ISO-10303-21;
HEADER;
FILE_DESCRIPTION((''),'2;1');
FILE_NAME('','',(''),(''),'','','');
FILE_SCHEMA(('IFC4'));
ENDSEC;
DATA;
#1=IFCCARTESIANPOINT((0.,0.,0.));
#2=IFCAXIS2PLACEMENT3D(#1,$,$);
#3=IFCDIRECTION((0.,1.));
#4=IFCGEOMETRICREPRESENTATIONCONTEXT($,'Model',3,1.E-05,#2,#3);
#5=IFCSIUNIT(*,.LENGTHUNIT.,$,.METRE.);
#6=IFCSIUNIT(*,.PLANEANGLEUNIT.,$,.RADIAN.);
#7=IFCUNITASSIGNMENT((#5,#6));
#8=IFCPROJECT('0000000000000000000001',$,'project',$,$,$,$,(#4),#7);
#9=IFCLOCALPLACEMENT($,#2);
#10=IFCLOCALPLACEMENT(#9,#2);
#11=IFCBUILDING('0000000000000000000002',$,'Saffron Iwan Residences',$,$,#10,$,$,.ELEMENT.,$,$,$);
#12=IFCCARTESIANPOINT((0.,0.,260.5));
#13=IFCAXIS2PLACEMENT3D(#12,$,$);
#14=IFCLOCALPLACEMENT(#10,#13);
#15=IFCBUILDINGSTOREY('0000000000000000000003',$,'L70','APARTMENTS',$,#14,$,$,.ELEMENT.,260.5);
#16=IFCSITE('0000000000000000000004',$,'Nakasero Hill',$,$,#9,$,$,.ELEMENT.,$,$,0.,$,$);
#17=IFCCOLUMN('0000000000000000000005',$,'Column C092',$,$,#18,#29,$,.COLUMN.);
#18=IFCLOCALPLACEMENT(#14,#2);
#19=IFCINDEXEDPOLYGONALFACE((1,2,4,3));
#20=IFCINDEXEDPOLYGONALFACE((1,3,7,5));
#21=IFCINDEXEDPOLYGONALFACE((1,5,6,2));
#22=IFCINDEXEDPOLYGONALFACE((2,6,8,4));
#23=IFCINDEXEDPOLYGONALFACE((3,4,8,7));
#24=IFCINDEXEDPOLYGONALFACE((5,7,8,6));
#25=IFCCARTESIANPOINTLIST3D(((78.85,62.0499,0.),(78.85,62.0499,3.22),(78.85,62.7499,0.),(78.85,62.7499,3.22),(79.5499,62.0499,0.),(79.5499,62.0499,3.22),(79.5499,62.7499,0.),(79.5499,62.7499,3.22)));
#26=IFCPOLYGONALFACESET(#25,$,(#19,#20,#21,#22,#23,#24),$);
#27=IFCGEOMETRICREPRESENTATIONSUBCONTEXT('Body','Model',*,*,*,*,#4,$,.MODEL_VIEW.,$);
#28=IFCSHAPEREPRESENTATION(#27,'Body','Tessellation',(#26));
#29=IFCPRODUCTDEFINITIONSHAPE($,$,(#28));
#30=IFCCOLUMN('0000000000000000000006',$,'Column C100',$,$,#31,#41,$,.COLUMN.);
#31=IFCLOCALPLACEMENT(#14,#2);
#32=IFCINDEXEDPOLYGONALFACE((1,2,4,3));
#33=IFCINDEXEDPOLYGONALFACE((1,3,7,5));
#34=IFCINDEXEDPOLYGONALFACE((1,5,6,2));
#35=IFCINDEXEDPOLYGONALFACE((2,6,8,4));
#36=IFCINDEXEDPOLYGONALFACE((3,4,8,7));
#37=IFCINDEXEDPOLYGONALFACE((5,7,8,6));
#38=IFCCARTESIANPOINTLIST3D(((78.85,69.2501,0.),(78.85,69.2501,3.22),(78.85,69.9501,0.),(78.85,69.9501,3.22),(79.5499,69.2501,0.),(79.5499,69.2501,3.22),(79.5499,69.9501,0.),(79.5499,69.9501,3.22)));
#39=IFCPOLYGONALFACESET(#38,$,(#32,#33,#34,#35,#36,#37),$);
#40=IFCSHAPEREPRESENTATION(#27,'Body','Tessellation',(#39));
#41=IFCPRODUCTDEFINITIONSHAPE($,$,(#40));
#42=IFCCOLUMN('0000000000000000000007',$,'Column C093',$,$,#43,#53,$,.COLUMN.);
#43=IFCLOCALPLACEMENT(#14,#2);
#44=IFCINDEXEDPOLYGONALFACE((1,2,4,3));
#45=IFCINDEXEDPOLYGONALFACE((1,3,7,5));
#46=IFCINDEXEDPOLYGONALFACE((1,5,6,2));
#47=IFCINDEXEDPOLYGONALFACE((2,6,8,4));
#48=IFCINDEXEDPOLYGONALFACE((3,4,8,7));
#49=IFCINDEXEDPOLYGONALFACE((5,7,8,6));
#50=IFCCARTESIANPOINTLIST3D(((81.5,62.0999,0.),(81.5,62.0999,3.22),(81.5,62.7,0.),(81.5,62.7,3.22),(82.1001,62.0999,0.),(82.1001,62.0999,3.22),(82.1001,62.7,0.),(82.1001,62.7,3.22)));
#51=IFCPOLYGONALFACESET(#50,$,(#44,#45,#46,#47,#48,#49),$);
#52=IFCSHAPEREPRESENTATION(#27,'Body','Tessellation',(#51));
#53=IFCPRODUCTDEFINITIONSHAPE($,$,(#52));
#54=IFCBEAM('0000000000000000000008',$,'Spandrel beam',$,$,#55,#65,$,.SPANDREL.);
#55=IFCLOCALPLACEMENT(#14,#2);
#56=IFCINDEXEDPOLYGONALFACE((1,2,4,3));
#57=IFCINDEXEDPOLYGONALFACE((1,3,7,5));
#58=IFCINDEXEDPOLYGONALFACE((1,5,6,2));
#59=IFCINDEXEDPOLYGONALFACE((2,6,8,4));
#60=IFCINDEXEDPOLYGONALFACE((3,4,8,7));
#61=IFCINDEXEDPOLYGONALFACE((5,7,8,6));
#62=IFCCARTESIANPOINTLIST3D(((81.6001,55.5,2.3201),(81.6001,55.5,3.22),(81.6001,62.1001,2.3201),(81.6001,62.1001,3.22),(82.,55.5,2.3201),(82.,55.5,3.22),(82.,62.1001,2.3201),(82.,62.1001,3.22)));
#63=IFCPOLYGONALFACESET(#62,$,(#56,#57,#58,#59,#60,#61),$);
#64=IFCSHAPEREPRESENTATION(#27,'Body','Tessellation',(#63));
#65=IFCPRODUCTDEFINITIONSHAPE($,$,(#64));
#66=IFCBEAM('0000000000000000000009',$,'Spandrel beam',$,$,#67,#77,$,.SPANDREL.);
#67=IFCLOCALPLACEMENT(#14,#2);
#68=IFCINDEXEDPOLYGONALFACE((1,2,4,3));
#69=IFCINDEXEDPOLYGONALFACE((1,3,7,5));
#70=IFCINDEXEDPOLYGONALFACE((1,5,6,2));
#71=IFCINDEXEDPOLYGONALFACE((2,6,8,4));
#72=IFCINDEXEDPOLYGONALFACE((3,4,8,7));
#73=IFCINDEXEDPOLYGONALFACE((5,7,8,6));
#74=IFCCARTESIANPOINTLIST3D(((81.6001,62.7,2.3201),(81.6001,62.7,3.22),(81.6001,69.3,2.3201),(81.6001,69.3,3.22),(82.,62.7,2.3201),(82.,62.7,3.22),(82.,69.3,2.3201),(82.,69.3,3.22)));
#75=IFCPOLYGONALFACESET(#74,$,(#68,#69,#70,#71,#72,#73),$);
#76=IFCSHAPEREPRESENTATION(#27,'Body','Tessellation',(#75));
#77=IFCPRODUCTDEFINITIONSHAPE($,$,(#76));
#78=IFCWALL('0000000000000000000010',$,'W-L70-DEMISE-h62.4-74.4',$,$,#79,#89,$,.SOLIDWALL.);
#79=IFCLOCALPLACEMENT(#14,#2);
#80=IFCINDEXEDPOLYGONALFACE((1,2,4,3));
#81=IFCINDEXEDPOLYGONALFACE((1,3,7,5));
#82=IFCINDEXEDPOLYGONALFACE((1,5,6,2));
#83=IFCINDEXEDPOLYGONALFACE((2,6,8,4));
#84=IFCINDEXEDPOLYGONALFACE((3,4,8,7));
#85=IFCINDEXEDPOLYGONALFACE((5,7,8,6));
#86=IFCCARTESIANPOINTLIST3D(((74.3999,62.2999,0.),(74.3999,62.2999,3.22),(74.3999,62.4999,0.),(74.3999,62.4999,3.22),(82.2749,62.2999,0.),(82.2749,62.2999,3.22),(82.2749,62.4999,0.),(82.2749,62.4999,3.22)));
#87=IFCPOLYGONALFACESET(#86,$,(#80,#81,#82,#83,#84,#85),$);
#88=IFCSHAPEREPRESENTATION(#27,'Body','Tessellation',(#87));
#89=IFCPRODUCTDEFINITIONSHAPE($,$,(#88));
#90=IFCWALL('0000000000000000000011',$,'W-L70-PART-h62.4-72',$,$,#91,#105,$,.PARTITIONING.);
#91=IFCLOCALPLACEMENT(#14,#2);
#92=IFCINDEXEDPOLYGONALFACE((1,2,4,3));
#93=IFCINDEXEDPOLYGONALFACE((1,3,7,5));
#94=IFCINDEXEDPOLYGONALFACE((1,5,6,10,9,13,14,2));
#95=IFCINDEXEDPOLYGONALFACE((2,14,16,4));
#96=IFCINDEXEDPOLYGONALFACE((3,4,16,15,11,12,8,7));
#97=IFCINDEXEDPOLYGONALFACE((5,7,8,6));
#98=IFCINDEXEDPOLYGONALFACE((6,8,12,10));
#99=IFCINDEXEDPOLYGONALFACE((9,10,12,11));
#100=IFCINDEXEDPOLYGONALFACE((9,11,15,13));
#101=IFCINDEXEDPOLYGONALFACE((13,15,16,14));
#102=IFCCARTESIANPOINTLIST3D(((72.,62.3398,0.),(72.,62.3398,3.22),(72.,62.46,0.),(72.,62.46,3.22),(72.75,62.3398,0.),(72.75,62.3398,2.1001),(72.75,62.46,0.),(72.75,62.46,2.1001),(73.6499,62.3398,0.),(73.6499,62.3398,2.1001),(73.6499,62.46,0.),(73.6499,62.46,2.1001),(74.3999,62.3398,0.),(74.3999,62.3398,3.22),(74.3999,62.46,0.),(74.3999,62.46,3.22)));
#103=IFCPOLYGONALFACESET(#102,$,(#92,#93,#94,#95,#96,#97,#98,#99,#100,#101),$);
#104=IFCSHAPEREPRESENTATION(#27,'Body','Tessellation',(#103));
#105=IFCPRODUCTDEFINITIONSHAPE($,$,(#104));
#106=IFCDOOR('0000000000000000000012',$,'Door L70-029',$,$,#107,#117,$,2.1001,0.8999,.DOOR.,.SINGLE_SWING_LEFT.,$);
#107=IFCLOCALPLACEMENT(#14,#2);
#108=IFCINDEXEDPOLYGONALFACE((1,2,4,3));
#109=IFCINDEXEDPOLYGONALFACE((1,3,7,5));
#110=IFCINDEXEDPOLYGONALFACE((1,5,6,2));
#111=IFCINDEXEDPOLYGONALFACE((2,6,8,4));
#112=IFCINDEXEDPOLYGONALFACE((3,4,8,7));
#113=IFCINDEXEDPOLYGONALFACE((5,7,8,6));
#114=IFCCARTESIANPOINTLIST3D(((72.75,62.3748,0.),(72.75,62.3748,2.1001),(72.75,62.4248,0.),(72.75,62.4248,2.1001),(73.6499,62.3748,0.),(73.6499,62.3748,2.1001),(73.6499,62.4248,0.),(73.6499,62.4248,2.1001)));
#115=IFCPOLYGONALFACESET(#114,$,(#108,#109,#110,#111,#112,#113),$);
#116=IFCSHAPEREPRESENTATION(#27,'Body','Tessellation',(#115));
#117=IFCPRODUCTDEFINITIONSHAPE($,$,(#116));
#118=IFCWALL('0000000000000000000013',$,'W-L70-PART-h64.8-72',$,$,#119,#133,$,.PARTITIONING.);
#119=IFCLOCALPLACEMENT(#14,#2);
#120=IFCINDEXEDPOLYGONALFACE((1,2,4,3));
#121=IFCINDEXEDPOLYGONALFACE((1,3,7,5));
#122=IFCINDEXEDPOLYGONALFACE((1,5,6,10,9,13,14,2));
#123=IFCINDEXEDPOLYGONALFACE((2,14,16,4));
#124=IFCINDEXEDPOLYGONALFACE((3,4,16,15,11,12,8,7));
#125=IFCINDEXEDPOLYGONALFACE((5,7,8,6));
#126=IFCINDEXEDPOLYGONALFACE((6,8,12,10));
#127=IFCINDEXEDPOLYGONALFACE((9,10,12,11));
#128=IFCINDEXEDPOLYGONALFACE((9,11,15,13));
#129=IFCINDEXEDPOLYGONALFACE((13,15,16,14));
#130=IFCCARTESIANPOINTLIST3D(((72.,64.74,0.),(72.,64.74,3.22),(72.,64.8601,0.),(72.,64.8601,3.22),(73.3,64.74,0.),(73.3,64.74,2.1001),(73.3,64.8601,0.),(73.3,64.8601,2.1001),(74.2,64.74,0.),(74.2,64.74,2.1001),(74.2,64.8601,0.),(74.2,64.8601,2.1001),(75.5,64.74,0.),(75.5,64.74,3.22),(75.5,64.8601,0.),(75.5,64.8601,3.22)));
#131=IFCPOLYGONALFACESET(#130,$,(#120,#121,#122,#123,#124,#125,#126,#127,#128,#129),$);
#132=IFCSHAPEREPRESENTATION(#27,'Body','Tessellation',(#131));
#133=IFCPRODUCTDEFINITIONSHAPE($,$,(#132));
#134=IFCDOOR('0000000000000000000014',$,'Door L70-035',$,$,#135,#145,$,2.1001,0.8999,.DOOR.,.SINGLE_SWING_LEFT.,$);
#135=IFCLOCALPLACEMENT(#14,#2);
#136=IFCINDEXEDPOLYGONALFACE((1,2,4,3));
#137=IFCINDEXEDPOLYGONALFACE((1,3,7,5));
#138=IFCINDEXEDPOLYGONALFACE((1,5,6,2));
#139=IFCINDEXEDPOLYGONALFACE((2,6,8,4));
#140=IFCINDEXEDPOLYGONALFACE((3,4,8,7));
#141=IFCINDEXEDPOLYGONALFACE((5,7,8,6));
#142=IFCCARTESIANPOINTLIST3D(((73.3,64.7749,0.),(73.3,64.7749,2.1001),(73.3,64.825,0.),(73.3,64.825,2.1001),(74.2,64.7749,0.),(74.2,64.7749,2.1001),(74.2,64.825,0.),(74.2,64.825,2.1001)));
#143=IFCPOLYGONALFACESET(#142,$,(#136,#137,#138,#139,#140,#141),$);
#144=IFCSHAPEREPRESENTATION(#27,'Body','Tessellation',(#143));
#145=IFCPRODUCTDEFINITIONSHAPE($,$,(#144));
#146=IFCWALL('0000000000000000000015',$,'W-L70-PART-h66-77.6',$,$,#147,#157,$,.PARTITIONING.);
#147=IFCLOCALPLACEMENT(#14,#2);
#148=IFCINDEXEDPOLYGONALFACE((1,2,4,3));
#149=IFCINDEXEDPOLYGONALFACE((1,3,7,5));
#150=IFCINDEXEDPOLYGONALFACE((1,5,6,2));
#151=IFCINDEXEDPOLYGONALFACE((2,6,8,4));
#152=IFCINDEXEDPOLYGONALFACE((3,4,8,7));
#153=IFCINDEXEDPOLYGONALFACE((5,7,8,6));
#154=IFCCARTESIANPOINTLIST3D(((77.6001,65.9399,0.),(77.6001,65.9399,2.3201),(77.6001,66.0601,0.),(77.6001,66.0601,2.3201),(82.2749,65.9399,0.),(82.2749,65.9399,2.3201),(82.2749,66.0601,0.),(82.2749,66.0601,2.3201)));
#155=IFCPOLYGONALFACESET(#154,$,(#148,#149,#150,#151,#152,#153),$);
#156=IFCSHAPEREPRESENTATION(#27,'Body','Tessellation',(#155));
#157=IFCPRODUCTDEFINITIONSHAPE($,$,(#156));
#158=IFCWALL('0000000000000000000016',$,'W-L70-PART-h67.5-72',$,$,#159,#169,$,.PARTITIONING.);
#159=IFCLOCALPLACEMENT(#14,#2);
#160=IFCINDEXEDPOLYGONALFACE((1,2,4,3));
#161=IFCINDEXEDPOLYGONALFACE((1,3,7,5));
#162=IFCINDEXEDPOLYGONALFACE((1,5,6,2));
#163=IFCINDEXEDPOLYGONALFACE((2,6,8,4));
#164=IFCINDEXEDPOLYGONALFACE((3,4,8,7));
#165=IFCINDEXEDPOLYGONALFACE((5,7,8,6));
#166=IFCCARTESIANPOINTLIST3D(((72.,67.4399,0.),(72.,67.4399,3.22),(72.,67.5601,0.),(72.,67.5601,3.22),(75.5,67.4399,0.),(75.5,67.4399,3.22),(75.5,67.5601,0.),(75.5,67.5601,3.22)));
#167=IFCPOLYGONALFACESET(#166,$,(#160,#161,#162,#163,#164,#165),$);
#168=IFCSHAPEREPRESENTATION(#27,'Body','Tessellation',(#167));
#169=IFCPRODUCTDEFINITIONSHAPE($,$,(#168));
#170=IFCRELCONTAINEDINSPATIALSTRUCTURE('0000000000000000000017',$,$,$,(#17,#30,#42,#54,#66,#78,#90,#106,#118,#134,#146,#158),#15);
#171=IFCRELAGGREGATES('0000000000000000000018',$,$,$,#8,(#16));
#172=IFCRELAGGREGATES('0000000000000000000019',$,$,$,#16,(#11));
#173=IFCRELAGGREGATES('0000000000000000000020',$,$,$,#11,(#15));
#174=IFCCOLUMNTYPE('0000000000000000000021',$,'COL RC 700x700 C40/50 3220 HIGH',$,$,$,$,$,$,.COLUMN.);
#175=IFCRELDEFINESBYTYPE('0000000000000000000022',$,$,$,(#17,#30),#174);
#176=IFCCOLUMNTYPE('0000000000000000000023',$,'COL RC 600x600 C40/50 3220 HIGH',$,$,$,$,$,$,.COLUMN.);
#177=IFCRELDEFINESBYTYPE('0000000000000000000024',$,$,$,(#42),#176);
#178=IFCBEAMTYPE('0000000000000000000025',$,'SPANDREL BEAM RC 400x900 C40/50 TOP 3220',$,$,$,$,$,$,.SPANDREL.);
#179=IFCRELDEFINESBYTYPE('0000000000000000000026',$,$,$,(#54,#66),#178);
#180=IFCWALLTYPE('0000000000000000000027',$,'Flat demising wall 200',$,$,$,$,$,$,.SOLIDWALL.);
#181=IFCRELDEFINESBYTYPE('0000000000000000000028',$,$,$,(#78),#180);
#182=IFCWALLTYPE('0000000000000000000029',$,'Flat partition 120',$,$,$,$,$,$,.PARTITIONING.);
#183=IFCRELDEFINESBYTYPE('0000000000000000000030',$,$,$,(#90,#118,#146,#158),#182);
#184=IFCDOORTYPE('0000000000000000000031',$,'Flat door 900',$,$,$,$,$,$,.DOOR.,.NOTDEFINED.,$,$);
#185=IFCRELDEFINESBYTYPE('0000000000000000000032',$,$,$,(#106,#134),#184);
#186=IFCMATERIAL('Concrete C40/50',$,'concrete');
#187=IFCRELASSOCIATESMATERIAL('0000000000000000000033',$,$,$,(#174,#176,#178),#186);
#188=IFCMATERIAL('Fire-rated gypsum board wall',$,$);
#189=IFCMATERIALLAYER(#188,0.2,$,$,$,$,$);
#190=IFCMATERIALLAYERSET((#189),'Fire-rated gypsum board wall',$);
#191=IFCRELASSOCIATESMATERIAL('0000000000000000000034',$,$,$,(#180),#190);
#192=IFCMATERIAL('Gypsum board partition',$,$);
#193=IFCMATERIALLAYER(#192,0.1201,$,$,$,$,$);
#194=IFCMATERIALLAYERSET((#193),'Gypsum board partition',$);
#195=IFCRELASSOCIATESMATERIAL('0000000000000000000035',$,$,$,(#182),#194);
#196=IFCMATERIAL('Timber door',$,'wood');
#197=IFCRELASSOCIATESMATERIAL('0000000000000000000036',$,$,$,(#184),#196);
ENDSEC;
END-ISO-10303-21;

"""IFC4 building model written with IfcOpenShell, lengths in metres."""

from ifc_helpers import new_model, si_unit, direction, frame, frame_2d, origin, origin_2d, place, context, subcontext, project, spatial, rectangle, extrude, source, transform, mapped, material, layer, layer_set, material_profile, profile_set, type_object, element, fill, save


model = new_model("IFC4")

# Units and contexts
model_context = context("Model", 3, precision=1e-05, world=origin(), true_north=direction((0.0, 1.0)))
body_context = subcontext(model_context, "Body", "Model", "MODEL_VIEW")
ifc_project = project(units=[si_unit("LENGTHUNIT", "METRE"), si_unit("PLANEANGLEUNIT", "RADIAN")], contexts=[model_context])

# Site, building, storey
site_placement = place(None, origin())
site = spatial("IfcSite", under=ifc_project, at=site_placement, Name="Nakasero Hill", CompositionType="ELEMENT", RefElevation=0.0)
building_placement = place(site_placement, origin())
building = spatial("IfcBuilding", under=site, at=building_placement, Name="Saffron Iwan Residences", CompositionType="ELEMENT")
storey_placement = place(building_placement, frame((0.0, 0.0, 260.5)))
storey = spatial("IfcBuildingStorey", under=building, at=storey_placement, Name="L70", Description="APARTMENTS", CompositionType="ELEMENT", Elevation=260.5)

# Columns
ifc_material_1 = material(Name="Concrete C40/50", Category="concrete")
ifc_material_profile_1 = material_profile(ifc_material_1, rectangle(XDim=0.7, YDim=0.7, at=origin_2d()), Name="RC 700x700")
ifc_profile_set_1 = profile_set([ifc_material_profile_1], Name="Concrete C40/50")
column_type_1 = type_object("IfcColumnType", Name="COL RC 700x700 C40/50 3220 HIGH", PredefinedType="COLUMN", material=ifc_profile_set_1)
shared_shape_1 = source(origin(), body_context, "Body", "SweptSolid", [
    extrude(rectangle(XDim=0.7, YDim=0.7, at=origin_2d()), origin(), (0.0, 0.0, 1.0), 3.22),
])
for number, where, z_axis, x_axis, name in (
    (1, (79.2, 62.3999, 0.0), (0.0, 0.0, 1.0), (1.0, 0.0, 0.0), "Column C092"),
    (2, (79.2, 69.6001, 0.0), (0.0, 0.0, 1.0), (1.0, 0.0, 0.0), "Column C100"),
):
    element("IfcColumn", number, at=place(storey_placement, frame(where, z_axis=z_axis, x_axis=x_axis)), inside=storey, type_object=column_type_1, Name=name, PredefinedType="COLUMN", context=body_context, shape_type="MappedRepresentation", body=[
        mapped(shared_shape_1, transform((0.0, 0.0, 0.0))),
    ])
ifc_material_profile_2 = material_profile(ifc_material_1, rectangle(XDim=0.6001, YDim=0.6001, at=origin_2d()), Name="RC 600x600")
ifc_profile_set_2 = profile_set([ifc_material_profile_2], Name="Concrete C40/50")
column_type_2 = type_object("IfcColumnType", Name="COL RC 600x600 C40/50 3220 HIGH", PredefinedType="COLUMN", material=ifc_profile_set_2)
shared_shape_2 = source(origin(), body_context, "Body", "SweptSolid", [
    extrude(rectangle(XDim=0.6001, YDim=0.6001, at=origin_2d()), origin(), (0.0, 0.0, 1.0), 3.22),
])
column_placement = place(storey_placement, frame((81.8, 62.3999, 0.0), z_axis=(0.0, 0.0, 1.0), x_axis=(1.0, 0.0, 0.0)))
element("IfcColumn", 3, at=column_placement, inside=storey, type_object=column_type_2, Name="Column C093", PredefinedType="COLUMN", context=body_context, shape_type="MappedRepresentation", body=[
    mapped(shared_shape_2, transform((0.0, 0.0, 0.0))),
])

# Beams
ifc_material_profile_3 = material_profile(ifc_material_1, rectangle(XDim=0.3999, YDim=0.8999, at=origin_2d()), Name="RC 400x900")
ifc_profile_set_3 = profile_set([ifc_material_profile_3], Name="Concrete C40/50")
beam_type = type_object("IfcBeamType", Name="SPANDREL BEAM RC 400x900 C40/50 TOP 3220", PredefinedType="SPANDREL", material=ifc_profile_set_3)
shared_shape_3 = source(origin(), body_context, "Body", "SweptSolid", [
    extrude(rectangle(XDim=0.3999, YDim=0.8999, at=origin_2d()), origin(), (0.0, 0.0, 1.0), 6.6001),
])
for number, where, z_axis, x_axis, name in (
    (4, (81.8, 62.1001, 2.77), (0.0, -1.0, 0.0), (1.0, 0.0, 0.0), "Spandrel beam"),
    (5, (81.8, 69.3, 2.77), (0.0, -1.0, 0.0), (1.0, 0.0, 0.0), "Spandrel beam"),
):
    element("IfcBeam", number, at=place(storey_placement, frame(where, z_axis=z_axis, x_axis=x_axis)), inside=storey, type_object=beam_type, Name=name, PredefinedType="SPANDREL", context=body_context, shape_type="MappedRepresentation", body=[
        mapped(shared_shape_3, transform((0.0, 0.0, 0.0))),
    ])

# Wall
ifc_material_2 = material(Name="Fire-rated gypsum board wall")
ifc_layer_1 = layer(ifc_material_2, 0.2)
ifc_layer_set_1 = layer_set([ifc_layer_1], Name="Fire-rated gypsum board wall")
wall_type_1 = type_object("IfcWallType", Name="Flat demising wall 200", PredefinedType="SOLIDWALL", material=ifc_layer_set_1)
wall_1_placement = place(storey_placement, frame((74.3999, 62.3999, 0.0), z_axis=(0.0, 0.0, 1.0), x_axis=(1.0, 0.0, 0.0)))
element("IfcWall", 6, at=wall_1_placement, inside=storey, type_object=wall_type_1, Name="W-L70-DEMISE-h62.4-74.4", PredefinedType="SOLIDWALL", context=body_context, shape_type="SweptSolid", body=[
    extrude(rectangle(XDim=7.875, YDim=0.2, at=frame_2d((3.9375, 0.0))), origin(), (0.0, 0.0, 1.0), 3.22),
])

# Walls, openings, doors
ifc_material_3 = material(Name="Gypsum board partition")
ifc_layer_2 = layer(ifc_material_3, 0.1201)
ifc_layer_set_2 = layer_set([ifc_layer_2], Name="Gypsum board partition")
wall_type_2 = type_object("IfcWallType", Name="Flat partition 120", PredefinedType="PARTITIONING", material=ifc_layer_set_2)
wall_2_placement = place(storey_placement, frame((72.0, 62.3999, 0.0), z_axis=(0.0, 0.0, 1.0), x_axis=(1.0, 0.0, 0.0)))
wall_2 = element("IfcWall", 7, at=wall_2_placement, inside=storey, type_object=wall_type_2, Name="W-L70-PART-h62.4-72", PredefinedType="PARTITIONING", context=body_context, shape_type="SweptSolid", body=[
    extrude(rectangle(XDim=2.3999, YDim=0.1201, at=frame_2d((1.2, 0.0))), origin(), (0.0, 0.0, 1.0), 3.22),
])
opening_1_placement = place(wall_2_placement, frame((0.75, 0.0, 0.0)))
opening_1 = element("IfcOpeningElement", 8, at=opening_1_placement, cuts=wall_2, PredefinedType="OPENING", context=body_context, shape_type="SweptSolid", body=[
    extrude(rectangle(XDim=0.8999, YDim=2.1001, at=frame_2d((0.45, 1.05))), frame((0.0, 0.0701, 0.0), z_axis=(0.0, -1.0, 0.0), x_axis=(1.0, 0.0, 0.0)), (0.0, 0.0, 1.0), 0.1401),
])
ifc_material_4 = material(Name="Timber door", Category="wood")
door_type_1 = type_object("IfcDoorType", Name="Flat door 900", OperationType="NOTDEFINED", PredefinedType="DOOR", material=ifc_material_4)
door_1_placement = place(opening_1_placement, origin())
door_1 = element("IfcDoor", 9, at=door_1_placement, inside=storey, type_object=door_type_1, Name="Door L70-029", OperationType="SINGLE_SWING_LEFT", OverallHeight=2.1001, OverallWidth=0.8999, PredefinedType="DOOR", context=body_context, shape_type="SweptSolid", body=[
    extrude(rectangle(XDim=0.8999, YDim=2.1001, at=frame_2d((0.45, 1.05))), frame((0.0, 0.0249, 0.0), z_axis=(0.0, -1.0, 0.0), x_axis=(1.0, 0.0, 0.0)), (0.0, 0.0, 1.0), 0.05),
])
fill(opening_1, door_1)
wall_3_placement = place(storey_placement, frame((72.0, 64.8, 0.0), z_axis=(0.0, 0.0, 1.0), x_axis=(1.0, 0.0, 0.0)))
wall_3 = element("IfcWall", 10, at=wall_3_placement, inside=storey, type_object=wall_type_2, Name="W-L70-PART-h64.8-72", PredefinedType="PARTITIONING", context=body_context, shape_type="SweptSolid", body=[
    extrude(rectangle(XDim=3.5, YDim=0.1201, at=frame_2d((1.75, 0.0))), origin(), (0.0, 0.0, 1.0), 3.22),
])
opening_2_placement = place(wall_3_placement, frame((1.3, 0.0, 0.0)))
opening_2 = element("IfcOpeningElement", 11, at=opening_2_placement, cuts=wall_3, PredefinedType="OPENING", context=body_context, shape_type="SweptSolid", body=[
    extrude(rectangle(XDim=0.8999, YDim=2.1001, at=frame_2d((0.45, 1.05))), frame((0.0, 0.0701, 0.0), z_axis=(0.0, -1.0, 0.0), x_axis=(1.0, 0.0, 0.0)), (0.0, 0.0, 1.0), 0.1401),
])
door_2_placement = place(opening_2_placement, origin())
door_2 = element("IfcDoor", 12, at=door_2_placement, inside=storey, type_object=door_type_1, Name="Door L70-035", OperationType="SINGLE_SWING_LEFT", OverallHeight=2.1001, OverallWidth=0.8999, PredefinedType="DOOR", context=body_context, shape_type="SweptSolid", body=[
    extrude(rectangle(XDim=0.8999, YDim=2.1001, at=frame_2d((0.45, 1.05))), frame((0.0, 0.0249, 0.0), z_axis=(0.0, -1.0, 0.0), x_axis=(1.0, 0.0, 0.0)), (0.0, 0.0, 1.0), 0.05),
])
fill(opening_2, door_2)

# Walls
wall_4_placement = place(storey_placement, frame((77.6001, 66.0, 0.0), z_axis=(0.0, 0.0, 1.0), x_axis=(1.0, 0.0, 0.0)))
element("IfcWall", 13, at=wall_4_placement, inside=storey, type_object=wall_type_2, Name="W-L70-PART-h66-77.6", PredefinedType="PARTITIONING", context=body_context, shape_type="SweptSolid", body=[
    extrude(rectangle(XDim=4.6748, YDim=0.1201, at=frame_2d((2.3374, 0.0))), origin(), (0.0, 0.0, 1.0), 2.3201),
])
wall_5_placement = place(storey_placement, frame((72.0, 67.5, 0.0), z_axis=(0.0, 0.0, 1.0), x_axis=(1.0, 0.0, 0.0)))
element("IfcWall", 14, at=wall_5_placement, inside=storey, type_object=wall_type_2, Name="W-L70-PART-h67.5-72", PredefinedType="PARTITIONING", context=body_context, shape_type="SweptSolid", body=[
    extrude(rectangle(XDim=3.5, YDim=0.1201, at=frame_2d((1.75, 0.0))), origin(), (0.0, 0.0, 1.0), 3.22),
])

save(model, "model.ifc")
